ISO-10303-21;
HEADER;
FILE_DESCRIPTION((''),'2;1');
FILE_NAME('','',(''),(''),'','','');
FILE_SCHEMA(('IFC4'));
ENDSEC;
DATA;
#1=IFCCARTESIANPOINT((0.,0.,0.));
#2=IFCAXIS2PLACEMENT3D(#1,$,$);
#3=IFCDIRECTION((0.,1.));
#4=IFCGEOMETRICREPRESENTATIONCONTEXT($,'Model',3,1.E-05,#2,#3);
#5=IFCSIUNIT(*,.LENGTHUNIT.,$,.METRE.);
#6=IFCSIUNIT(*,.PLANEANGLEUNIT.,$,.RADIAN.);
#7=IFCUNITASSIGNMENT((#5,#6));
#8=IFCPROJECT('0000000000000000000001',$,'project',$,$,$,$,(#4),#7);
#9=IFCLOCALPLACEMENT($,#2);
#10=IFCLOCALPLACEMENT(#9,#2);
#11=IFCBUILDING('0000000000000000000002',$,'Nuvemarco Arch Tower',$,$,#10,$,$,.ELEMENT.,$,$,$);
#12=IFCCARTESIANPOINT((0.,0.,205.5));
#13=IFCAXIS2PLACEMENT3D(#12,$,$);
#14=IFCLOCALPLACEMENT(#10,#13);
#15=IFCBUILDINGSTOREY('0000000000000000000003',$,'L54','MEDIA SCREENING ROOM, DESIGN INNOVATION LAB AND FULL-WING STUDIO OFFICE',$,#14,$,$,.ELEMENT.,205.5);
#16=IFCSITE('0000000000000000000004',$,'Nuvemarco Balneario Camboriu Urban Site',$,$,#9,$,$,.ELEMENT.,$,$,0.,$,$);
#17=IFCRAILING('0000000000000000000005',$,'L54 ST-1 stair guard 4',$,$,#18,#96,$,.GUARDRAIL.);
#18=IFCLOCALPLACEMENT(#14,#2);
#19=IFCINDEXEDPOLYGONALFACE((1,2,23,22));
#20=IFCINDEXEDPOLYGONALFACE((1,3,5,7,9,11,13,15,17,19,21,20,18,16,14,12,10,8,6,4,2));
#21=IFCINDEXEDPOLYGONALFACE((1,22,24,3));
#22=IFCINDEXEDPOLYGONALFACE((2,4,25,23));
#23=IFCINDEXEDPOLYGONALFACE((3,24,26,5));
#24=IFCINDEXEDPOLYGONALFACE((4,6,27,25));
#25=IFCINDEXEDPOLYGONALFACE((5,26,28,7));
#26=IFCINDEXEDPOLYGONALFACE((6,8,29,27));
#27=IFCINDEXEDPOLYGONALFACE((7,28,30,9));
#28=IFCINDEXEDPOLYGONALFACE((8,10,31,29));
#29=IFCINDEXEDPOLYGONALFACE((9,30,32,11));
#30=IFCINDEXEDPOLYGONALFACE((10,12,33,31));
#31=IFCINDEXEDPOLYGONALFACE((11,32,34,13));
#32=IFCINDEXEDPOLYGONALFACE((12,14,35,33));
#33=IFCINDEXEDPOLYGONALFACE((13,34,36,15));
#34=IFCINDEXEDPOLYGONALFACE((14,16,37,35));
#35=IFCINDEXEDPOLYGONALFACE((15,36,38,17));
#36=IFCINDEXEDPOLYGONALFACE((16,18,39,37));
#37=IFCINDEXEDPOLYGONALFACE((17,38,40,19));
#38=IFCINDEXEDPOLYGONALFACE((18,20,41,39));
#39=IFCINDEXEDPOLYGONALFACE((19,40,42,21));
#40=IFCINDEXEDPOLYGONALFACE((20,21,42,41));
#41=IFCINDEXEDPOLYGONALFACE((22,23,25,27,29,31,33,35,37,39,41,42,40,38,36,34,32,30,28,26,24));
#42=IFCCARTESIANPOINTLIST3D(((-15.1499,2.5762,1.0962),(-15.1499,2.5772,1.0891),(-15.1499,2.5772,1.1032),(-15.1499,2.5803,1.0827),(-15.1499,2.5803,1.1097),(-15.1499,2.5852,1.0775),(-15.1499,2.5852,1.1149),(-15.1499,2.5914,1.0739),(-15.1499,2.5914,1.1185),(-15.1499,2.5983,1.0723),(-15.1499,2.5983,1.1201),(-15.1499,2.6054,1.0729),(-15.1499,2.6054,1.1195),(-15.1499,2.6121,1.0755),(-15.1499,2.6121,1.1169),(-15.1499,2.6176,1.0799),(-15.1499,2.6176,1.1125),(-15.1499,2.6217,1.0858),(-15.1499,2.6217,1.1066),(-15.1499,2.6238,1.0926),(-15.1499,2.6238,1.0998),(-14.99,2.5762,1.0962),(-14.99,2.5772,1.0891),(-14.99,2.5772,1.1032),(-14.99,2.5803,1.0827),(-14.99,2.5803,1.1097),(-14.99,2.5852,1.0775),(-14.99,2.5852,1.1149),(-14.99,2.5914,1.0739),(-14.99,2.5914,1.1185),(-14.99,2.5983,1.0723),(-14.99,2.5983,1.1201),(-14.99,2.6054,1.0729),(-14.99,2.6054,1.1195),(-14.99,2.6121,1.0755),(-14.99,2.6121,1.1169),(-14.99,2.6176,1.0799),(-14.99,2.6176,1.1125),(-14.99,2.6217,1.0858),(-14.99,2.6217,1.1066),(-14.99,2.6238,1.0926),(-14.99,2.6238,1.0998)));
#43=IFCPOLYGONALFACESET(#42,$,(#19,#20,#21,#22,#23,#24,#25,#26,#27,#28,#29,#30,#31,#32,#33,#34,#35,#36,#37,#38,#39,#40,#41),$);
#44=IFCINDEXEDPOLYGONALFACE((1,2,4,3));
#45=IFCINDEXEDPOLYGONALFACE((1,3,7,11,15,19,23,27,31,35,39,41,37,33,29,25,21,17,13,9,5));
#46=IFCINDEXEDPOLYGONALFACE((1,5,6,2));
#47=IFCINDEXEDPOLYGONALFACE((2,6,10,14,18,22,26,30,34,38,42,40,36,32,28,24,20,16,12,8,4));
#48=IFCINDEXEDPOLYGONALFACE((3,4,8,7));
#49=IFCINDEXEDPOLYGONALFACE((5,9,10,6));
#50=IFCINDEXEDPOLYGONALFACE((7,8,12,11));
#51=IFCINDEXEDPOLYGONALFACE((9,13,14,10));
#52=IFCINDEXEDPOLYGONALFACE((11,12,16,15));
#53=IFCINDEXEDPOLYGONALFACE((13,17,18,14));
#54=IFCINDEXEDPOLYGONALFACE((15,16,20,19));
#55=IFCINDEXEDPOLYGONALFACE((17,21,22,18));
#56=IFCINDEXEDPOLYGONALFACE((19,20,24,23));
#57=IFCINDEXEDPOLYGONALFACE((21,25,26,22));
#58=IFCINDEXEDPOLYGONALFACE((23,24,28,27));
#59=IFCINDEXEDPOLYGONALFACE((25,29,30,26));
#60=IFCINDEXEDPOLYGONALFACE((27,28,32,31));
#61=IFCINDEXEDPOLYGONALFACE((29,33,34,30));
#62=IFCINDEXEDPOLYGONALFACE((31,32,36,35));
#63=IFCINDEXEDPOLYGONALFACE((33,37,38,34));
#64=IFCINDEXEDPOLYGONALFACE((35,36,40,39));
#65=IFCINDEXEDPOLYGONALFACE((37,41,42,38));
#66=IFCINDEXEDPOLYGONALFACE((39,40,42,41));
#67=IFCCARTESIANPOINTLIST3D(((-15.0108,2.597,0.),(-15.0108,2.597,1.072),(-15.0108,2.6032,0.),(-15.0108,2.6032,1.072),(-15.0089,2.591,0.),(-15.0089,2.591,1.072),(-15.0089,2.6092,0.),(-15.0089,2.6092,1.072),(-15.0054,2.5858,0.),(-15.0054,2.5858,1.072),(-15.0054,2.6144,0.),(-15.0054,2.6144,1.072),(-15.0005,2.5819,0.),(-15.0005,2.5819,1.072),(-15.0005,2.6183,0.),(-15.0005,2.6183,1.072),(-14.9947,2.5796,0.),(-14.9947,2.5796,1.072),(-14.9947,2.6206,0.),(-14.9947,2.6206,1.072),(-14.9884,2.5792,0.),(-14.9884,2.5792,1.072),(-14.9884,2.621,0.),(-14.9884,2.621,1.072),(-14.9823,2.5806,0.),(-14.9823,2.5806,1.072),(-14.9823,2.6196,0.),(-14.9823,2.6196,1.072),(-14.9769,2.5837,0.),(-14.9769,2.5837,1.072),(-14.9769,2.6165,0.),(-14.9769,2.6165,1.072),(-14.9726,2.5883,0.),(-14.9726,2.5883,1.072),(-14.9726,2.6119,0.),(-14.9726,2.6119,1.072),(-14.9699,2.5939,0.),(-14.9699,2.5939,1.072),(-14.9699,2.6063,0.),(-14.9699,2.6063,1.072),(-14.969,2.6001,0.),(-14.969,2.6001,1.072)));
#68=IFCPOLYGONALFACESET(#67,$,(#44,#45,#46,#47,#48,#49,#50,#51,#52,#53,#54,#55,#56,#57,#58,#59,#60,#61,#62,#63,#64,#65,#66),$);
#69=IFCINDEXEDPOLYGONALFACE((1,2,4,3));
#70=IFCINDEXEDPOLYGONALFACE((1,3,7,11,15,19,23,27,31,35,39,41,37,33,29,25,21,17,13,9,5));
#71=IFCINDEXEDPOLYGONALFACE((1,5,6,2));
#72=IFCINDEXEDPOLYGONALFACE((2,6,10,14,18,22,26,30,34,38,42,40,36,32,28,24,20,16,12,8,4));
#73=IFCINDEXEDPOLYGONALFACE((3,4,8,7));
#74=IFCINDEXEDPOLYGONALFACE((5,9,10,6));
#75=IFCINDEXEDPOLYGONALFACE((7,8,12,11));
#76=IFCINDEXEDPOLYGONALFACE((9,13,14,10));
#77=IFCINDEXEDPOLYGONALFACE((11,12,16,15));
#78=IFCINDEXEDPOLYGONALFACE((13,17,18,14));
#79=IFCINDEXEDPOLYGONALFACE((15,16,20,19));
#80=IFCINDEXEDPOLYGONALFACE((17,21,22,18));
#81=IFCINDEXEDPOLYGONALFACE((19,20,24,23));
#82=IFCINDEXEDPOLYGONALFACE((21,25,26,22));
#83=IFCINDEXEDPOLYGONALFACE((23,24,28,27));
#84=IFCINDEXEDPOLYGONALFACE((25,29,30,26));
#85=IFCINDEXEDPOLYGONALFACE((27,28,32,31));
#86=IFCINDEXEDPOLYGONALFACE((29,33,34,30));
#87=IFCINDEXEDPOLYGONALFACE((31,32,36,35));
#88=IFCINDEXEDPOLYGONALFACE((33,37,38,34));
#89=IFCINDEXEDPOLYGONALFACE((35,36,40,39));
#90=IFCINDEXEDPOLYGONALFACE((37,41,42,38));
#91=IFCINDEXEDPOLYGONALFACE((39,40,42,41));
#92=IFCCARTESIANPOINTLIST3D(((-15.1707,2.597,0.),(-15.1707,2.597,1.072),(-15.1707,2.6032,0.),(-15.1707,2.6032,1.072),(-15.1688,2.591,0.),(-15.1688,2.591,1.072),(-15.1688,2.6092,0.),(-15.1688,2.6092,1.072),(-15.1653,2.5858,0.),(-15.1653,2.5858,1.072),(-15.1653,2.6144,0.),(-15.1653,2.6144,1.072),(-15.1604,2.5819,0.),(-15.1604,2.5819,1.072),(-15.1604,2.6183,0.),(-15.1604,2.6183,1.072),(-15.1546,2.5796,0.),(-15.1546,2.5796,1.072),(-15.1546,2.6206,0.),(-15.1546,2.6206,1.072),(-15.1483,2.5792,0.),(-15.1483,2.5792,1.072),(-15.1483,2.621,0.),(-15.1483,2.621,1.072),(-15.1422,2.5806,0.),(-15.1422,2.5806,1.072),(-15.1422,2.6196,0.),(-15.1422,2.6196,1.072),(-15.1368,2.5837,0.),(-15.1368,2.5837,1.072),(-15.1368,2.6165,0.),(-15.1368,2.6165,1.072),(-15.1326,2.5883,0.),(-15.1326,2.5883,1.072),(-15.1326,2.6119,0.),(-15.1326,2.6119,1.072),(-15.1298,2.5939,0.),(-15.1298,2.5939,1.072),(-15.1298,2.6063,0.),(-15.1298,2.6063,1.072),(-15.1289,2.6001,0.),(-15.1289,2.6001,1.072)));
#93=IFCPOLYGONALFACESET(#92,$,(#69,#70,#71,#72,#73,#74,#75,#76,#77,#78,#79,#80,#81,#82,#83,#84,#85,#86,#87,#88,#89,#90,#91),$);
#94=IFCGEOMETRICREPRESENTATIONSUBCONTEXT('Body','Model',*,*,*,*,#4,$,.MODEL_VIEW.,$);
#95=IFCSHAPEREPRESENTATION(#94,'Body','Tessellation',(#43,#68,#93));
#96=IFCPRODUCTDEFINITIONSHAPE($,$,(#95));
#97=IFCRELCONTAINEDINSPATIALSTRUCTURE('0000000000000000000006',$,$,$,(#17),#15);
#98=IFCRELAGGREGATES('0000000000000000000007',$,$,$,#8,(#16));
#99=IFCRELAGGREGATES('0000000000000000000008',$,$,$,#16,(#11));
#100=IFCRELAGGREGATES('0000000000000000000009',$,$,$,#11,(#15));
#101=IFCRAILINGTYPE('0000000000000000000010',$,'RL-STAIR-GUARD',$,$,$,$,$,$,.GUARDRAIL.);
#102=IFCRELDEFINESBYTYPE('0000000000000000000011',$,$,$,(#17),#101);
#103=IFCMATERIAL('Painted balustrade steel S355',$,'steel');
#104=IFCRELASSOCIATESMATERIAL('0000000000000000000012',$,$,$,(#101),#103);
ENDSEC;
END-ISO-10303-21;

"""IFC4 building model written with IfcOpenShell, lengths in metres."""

from ifc_helpers import new_model, si_unit, direction, frame, origin, origin_2d, place, context, subcontext, project, spatial, circle, extrude, material, type_object, element, save


model = new_model("IFC4")

# Units and contexts
model_context = context("Model", 3, precision=1e-05, world=origin(), true_north=direction((0.0, 1.0)))
body_context = subcontext(model_context, "Body", "Model", "MODEL_VIEW")
ifc_project = project(units=[si_unit("LENGTHUNIT", "METRE"), si_unit("PLANEANGLEUNIT", "RADIAN")], contexts=[model_context])

# Site, building, storey
site_placement = place(None, origin())
site = spatial("IfcSite", under=ifc_project, at=site_placement, Name="Nuvemarco Balneario Camboriu Urban Site", CompositionType="ELEMENT", RefElevation=0.0)
building_placement = place(site_placement, origin())
building = spatial("IfcBuilding", under=site, at=building_placement, Name="Nuvemarco Arch Tower", CompositionType="ELEMENT")
storey_placement = place(building_placement, frame((0.0, 0.0, 205.5)))
storey = spatial("IfcBuildingStorey", under=building, at=storey_placement, Name="L54", Description="MEDIA SCREENING ROOM, DESIGN INNOVATION LAB AND FULL-WING STUDIO OFFICE", CompositionType="ELEMENT", Elevation=205.5)

# Railing
ifc_material_1 = material(Name="Painted balustrade steel S355", Category="steel")
railing_type_1 = type_object("IfcRailingType", Name="RL-STAIR-GUARD", PredefinedType="GUARDRAIL", material=ifc_material_1)
railing_1_placement = place(storey_placement, frame((-14.99, 2.6001, 0.0)))
element("IfcRailing", 1, at=railing_1_placement, inside=storey, type_object=railing_type_1, Name="L54 ST-1 stair guard 4", PredefinedType="GUARDRAIL", context=body_context, shape_type="SweptSolid", body=[
    extrude(circle(Radius=0.0239, at=origin_2d()), frame((0.0, 0.0, 1.0962), z_axis=(-1.0, 0.0, 0.0), x_axis=(0.0, -1.0, 0.0)), (0.0, 0.0, 1.0), 0.1599),
    extrude(circle(Radius=0.021, at=origin_2d()), origin(), (0.0, 0.0, 1.0), 1.072),
    extrude(circle(Radius=0.021, at=origin_2d()), frame((-0.1599, 0.0, 0.0)), (0.0, 0.0, 1.0), 1.072),
])

save(model, "model.ifc")
